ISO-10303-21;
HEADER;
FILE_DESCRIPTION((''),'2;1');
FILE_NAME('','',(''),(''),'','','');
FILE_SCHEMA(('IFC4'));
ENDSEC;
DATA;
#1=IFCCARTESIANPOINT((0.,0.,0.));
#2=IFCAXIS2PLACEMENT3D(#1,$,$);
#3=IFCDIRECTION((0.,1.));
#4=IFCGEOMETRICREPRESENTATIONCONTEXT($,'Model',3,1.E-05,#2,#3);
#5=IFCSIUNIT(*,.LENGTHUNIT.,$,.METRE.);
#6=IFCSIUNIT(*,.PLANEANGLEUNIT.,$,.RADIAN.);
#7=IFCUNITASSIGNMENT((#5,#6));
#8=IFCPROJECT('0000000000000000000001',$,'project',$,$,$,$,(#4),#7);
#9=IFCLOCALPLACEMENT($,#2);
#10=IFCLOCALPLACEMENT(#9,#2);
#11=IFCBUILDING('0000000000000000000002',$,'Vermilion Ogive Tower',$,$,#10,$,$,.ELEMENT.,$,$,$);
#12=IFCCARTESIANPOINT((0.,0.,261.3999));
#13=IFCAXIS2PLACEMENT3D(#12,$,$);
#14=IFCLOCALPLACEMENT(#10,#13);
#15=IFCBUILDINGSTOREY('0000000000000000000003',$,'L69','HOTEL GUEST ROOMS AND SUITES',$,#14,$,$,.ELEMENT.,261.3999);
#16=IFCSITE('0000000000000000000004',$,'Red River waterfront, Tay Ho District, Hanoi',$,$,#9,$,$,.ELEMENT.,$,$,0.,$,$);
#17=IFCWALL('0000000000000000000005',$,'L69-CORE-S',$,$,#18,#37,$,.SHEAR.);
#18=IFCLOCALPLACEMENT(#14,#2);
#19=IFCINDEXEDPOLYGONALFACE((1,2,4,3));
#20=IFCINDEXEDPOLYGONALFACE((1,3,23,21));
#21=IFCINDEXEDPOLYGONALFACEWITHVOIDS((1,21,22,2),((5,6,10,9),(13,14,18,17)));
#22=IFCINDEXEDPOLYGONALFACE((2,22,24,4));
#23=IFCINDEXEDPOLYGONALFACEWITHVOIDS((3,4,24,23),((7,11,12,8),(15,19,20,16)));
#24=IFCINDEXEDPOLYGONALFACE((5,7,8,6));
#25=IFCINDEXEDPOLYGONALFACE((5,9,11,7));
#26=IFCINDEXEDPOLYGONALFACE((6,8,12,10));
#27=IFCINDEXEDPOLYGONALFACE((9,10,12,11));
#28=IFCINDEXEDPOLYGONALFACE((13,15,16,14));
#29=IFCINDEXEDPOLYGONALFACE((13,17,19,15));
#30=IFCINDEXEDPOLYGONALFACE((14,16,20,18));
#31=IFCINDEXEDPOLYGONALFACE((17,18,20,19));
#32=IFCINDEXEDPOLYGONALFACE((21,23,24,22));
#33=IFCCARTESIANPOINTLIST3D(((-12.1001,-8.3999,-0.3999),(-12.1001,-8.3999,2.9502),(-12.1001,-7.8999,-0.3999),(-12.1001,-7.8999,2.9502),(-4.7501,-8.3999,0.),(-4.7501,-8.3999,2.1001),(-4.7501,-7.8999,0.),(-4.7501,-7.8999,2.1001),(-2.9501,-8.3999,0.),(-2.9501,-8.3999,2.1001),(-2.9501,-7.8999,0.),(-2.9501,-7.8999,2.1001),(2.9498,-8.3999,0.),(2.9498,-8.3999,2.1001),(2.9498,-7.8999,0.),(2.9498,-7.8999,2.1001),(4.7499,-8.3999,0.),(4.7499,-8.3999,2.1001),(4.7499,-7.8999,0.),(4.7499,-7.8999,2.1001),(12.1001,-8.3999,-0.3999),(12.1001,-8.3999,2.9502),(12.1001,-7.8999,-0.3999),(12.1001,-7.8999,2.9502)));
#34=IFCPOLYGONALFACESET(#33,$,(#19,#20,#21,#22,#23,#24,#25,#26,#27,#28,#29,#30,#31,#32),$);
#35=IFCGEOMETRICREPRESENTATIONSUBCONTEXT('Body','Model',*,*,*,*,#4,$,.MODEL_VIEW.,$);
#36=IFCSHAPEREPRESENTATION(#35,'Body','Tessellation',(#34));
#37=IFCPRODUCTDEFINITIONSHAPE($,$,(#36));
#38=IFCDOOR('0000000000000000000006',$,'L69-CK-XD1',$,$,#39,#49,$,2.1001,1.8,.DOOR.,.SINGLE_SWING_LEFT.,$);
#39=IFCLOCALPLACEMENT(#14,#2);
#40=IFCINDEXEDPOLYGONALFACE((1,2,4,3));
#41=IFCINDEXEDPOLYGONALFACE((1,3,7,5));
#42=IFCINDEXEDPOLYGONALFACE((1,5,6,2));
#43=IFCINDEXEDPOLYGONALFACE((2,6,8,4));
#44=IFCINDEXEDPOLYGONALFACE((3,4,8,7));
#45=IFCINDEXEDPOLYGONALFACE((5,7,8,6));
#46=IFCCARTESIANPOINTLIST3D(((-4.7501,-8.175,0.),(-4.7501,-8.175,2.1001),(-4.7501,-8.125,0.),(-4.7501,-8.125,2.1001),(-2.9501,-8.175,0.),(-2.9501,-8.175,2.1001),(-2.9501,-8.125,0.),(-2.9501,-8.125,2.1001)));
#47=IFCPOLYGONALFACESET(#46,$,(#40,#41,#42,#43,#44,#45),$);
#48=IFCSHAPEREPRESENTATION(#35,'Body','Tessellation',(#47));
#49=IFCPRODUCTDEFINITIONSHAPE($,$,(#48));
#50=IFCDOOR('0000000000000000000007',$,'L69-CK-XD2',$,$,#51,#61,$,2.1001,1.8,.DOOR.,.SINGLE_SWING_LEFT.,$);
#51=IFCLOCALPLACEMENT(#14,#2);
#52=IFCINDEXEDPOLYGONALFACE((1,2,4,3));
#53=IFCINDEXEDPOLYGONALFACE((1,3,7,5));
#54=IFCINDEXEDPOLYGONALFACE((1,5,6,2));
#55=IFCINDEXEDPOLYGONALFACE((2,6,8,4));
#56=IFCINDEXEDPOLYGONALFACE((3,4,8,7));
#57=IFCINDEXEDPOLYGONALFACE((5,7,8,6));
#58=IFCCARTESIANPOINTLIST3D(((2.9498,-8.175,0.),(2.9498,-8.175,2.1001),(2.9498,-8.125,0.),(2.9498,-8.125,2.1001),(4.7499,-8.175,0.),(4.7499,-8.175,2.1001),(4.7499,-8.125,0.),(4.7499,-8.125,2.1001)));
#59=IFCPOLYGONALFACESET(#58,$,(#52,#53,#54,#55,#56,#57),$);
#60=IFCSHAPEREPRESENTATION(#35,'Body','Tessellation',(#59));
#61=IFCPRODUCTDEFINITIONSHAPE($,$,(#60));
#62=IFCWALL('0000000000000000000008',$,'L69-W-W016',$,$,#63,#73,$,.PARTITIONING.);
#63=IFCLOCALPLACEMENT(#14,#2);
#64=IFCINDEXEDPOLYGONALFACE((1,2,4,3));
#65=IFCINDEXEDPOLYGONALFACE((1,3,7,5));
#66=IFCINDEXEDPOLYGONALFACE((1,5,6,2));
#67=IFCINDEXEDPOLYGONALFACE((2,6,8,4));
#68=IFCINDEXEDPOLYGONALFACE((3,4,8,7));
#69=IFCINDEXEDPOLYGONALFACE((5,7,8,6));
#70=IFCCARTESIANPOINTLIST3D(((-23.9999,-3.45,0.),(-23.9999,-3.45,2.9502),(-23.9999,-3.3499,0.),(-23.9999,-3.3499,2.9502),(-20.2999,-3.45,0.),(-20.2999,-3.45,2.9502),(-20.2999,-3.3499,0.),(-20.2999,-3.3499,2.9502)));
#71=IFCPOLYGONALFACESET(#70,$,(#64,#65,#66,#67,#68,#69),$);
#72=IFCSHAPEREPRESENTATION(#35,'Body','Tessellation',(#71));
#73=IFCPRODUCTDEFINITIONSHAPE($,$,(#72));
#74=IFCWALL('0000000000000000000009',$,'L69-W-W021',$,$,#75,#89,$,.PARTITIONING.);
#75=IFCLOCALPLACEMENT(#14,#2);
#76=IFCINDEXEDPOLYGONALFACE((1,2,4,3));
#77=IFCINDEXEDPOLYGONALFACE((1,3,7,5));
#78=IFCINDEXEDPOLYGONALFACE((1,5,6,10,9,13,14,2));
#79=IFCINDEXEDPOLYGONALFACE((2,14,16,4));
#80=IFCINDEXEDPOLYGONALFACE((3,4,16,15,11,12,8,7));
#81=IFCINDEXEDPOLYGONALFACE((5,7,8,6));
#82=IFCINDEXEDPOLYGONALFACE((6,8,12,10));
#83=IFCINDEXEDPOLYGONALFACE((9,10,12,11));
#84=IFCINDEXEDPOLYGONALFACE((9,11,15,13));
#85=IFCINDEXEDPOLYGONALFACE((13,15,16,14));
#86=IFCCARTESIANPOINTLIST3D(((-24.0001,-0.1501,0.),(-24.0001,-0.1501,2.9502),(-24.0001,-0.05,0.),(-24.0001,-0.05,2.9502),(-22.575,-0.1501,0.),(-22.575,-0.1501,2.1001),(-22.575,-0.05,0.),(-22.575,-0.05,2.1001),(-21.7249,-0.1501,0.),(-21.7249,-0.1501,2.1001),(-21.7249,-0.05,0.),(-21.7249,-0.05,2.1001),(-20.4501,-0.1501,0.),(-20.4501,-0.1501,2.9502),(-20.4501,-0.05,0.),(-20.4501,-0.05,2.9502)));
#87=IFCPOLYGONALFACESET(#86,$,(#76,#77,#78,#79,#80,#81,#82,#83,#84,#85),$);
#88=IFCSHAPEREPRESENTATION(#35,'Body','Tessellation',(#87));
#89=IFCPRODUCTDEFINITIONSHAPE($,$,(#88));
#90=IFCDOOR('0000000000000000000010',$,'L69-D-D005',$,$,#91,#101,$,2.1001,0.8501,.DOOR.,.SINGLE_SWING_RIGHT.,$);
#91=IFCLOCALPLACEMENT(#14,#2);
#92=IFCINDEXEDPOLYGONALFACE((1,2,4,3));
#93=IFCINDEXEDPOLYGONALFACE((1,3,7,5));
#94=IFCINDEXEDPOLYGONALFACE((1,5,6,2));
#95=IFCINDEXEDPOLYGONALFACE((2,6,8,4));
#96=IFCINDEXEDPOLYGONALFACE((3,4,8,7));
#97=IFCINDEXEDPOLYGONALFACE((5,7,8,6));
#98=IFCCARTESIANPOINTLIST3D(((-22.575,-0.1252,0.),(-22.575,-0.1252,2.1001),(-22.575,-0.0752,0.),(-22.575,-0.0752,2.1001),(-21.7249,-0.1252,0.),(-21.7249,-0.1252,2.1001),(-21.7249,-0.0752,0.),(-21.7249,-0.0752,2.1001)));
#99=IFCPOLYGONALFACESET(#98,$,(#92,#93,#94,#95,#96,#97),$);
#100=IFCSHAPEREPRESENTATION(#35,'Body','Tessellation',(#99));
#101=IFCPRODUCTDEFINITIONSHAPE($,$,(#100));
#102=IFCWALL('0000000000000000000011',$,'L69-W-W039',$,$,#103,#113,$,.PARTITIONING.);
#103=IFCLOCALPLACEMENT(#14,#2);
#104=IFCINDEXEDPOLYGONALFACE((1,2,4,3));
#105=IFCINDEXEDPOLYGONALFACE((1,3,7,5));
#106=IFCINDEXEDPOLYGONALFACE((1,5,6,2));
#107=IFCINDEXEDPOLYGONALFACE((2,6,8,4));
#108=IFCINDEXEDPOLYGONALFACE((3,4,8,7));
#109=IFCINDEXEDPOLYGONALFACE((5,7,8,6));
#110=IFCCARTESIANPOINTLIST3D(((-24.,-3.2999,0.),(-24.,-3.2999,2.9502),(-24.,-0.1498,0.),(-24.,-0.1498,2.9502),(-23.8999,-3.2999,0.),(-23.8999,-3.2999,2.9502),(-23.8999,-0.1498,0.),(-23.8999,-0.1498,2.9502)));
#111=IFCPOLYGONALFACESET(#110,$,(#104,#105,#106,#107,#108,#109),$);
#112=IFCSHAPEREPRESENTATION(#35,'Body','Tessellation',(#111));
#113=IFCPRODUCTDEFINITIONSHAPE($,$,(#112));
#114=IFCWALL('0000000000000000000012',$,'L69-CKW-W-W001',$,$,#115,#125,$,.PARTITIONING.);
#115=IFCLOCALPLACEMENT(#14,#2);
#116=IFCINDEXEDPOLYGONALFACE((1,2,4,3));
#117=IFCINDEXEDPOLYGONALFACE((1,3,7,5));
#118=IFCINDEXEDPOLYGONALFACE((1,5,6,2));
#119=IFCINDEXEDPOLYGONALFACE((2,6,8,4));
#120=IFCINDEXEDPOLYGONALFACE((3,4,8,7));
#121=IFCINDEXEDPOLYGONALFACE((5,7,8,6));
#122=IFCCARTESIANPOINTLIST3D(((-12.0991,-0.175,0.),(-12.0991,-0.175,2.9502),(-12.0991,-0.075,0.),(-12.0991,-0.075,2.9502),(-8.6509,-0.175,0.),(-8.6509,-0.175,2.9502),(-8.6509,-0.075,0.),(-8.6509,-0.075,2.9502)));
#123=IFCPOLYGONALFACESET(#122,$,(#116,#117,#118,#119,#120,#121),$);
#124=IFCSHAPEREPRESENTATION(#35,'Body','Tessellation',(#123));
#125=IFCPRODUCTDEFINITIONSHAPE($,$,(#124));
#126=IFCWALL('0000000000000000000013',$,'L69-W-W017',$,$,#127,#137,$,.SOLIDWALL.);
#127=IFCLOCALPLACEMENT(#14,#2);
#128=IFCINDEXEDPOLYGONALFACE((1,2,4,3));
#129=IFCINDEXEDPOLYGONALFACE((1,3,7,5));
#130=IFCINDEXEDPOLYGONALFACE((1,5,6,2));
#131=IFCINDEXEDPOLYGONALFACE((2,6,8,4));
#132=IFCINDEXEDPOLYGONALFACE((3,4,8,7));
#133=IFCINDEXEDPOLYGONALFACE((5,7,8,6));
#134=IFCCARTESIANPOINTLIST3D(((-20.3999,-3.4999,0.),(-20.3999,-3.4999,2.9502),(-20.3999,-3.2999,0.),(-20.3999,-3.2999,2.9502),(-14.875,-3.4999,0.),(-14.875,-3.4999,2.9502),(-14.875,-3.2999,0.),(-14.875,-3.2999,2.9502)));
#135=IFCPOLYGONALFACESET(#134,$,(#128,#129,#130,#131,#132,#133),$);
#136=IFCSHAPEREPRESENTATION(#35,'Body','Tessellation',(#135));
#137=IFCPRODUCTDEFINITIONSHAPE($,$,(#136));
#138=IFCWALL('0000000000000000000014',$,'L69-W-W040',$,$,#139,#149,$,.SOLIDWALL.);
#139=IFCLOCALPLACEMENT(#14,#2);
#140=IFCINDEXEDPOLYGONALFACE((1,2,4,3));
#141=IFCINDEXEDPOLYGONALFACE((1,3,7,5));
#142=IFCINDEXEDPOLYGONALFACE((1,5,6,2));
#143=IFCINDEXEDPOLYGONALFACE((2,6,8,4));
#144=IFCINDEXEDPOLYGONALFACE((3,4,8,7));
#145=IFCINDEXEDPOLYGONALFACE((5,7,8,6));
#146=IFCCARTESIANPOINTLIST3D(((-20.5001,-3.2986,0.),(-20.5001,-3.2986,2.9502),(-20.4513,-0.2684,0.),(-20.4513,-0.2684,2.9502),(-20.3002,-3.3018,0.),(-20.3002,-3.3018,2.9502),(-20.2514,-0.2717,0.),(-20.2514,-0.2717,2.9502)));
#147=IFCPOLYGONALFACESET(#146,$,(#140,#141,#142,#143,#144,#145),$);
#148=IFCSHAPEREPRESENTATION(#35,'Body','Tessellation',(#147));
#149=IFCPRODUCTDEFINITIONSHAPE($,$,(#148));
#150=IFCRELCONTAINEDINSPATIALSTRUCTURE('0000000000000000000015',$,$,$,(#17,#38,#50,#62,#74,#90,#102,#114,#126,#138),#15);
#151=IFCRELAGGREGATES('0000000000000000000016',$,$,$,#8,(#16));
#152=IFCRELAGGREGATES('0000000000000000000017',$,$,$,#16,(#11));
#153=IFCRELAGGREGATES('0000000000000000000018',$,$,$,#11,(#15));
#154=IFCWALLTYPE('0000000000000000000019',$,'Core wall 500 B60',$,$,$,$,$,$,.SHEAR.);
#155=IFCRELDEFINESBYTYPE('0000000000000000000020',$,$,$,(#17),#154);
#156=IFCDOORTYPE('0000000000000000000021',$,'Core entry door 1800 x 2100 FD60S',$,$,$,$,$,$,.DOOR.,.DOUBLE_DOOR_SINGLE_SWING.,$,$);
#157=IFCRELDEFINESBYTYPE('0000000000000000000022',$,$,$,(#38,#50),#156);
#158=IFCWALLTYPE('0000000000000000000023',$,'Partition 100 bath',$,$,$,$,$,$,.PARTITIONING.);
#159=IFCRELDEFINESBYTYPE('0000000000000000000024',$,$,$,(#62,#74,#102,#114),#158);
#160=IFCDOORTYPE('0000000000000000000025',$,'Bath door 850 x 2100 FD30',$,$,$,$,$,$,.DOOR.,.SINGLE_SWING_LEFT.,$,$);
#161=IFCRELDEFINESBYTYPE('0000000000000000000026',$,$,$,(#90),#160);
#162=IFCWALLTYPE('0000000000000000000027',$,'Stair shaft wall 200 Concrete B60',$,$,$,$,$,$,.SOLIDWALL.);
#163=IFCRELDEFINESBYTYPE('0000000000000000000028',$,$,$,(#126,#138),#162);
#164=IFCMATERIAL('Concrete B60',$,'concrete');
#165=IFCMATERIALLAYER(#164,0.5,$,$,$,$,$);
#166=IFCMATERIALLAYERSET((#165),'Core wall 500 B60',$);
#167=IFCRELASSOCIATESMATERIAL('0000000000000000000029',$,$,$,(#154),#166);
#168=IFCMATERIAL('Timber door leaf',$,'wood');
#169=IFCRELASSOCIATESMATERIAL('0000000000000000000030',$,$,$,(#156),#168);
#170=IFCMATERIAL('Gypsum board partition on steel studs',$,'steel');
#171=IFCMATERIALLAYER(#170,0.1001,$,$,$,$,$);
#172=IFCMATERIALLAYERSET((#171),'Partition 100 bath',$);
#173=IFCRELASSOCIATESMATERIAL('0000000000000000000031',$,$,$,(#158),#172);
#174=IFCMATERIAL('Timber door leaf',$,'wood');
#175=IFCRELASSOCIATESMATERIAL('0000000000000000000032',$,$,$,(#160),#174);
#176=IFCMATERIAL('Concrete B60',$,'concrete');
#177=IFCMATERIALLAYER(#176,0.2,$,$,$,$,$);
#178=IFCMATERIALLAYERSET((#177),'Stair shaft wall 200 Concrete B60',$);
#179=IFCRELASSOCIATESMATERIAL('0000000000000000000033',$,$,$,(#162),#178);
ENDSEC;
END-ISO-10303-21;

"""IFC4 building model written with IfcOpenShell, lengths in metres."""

from ifc_helpers import new_model, si_unit, direction, frame, frame_2d, origin, place, context, subcontext, project, spatial, rectangle, extrude, material, layer, layer_set, type_object, element, fill, save


model = new_model("IFC4")

# Units and contexts
model_context = context("Model", 3, precision=1e-05, world=origin(), true_north=direction((0.0, 1.0)))
body_context = subcontext(model_context, "Body", "Model", "MODEL_VIEW")
ifc_project = project(units=[si_unit("LENGTHUNIT", "METRE"), si_unit("PLANEANGLEUNIT", "RADIAN")], contexts=[model_context])

# Site, building, storey
site_placement = place(None, origin())
site = spatial("IfcSite", under=ifc_project, at=site_placement, Name="Red River waterfront, Tay Ho District, Hanoi", CompositionType="ELEMENT", RefElevation=0.0)
building_placement = place(site_placement, origin())
building = spatial("IfcBuilding", under=site, at=building_placement, Name="Vermilion Ogive Tower", CompositionType="ELEMENT")
storey_placement = place(building_placement, frame((0.0, 0.0, 261.3999)))
storey = spatial("IfcBuildingStorey", under=building, at=storey_placement, Name="L69", Description="HOTEL GUEST ROOMS AND SUITES", CompositionType="ELEMENT", Elevation=261.3999)

# Wall, openings, doors
ifc_material_1 = material(Name="Concrete B60", Category="concrete")
ifc_layer_1 = layer(ifc_material_1, 0.5)
ifc_layer_set_1 = layer_set([ifc_layer_1], Name="Core wall 500 B60")
wall_type_1 = type_object("IfcWallType", Name="Core wall 500 B60", PredefinedType="SHEAR", material=ifc_layer_set_1)
wall_1_placement = place(storey_placement, frame((-12.1001, -8.1499, -0.3999), z_axis=(0.0, 0.0, 1.0), x_axis=(1.0, 0.0, 0.0)))
wall_1 = element("IfcWall", 1, at=wall_1_placement, inside=storey, type_object=wall_type_1, Name="L69-CORE-S", PredefinedType="SHEAR", context=body_context, shape_type="SweptSolid", body=[
    extrude(rectangle(XDim=24.2002, YDim=0.5, at=frame_2d((12.1001, 0.0))), origin(), (0.0, 0.0, 1.0), 3.3501),
])
opening_1_placement = place(wall_1_placement, frame((7.3501, 0.0, 0.3999)))
opening_1 = element("IfcOpeningElement", 2, at=opening_1_placement, cuts=wall_1, PredefinedType="OPENING", context=body_context, shape_type="SweptSolid", body=[
    extrude(rectangle(XDim=1.8, YDim=2.1001, at=frame_2d((0.8999, 1.05))), frame((0.0, 0.26, 0.0), z_axis=(0.0, -1.0, 0.0), x_axis=(1.0, 0.0, 0.0)), (0.0, 0.0, 1.0), 0.52),
])
opening_2_placement = place(wall_1_placement, frame((15.05, 0.0, 0.3999)))
opening_2 = element("IfcOpeningElement", 3, at=opening_2_placement, cuts=wall_1, PredefinedType="OPENING", context=body_context, shape_type="SweptSolid", body=[
    extrude(rectangle(XDim=1.8, YDim=2.1001, at=frame_2d((0.8999, 1.05))), frame((0.0, 0.26, 0.0), z_axis=(0.0, -1.0, 0.0), x_axis=(1.0, 0.0, 0.0)), (0.0, 0.0, 1.0), 0.52),
])
ifc_material_2 = material(Name="Timber door leaf", Category="wood")
door_type_1 = type_object("IfcDoorType", Name="Core entry door 1800 x 2100 FD60S", OperationType="DOUBLE_DOOR_SINGLE_SWING", PredefinedType="DOOR", material=ifc_material_2)
door_1_placement = place(opening_1_placement, origin())
door_1 = element("IfcDoor", 4, at=door_1_placement, inside=storey, type_object=door_type_1, Name="L69-CK-XD1", OperationType="SINGLE_SWING_LEFT", OverallHeight=2.1001, OverallWidth=1.8, PredefinedType="DOOR", context=body_context, shape_type="SweptSolid", body=[
    extrude(rectangle(XDim=1.8, YDim=2.1001, at=frame_2d((0.8999, 1.05))), frame((0.0, 0.0249, 0.0), z_axis=(0.0, -1.0, 0.0), x_axis=(1.0, 0.0, 0.0)), (0.0, 0.0, 1.0), 0.05),
])
fill(opening_1, door_1)
door_2_placement = place(opening_2_placement, origin())
door_2 = element("IfcDoor", 5, at=door_2_placement, inside=storey, type_object=door_type_1, Name="L69-CK-XD2", OperationType="SINGLE_SWING_LEFT", OverallHeight=2.1001, OverallWidth=1.8, PredefinedType="DOOR", context=body_context, shape_type="SweptSolid", body=[
    extrude(rectangle(XDim=1.8, YDim=2.1001, at=frame_2d((0.8999, 1.05))), frame((0.0, 0.0249, 0.0), z_axis=(0.0, -1.0, 0.0), x_axis=(1.0, 0.0, 0.0)), (0.0, 0.0, 1.0), 0.05),
])
fill(opening_2, door_2)

# Wall
ifc_material_3 = material(Name="Gypsum board partition on steel studs", Category="steel")
ifc_layer_2 = layer(ifc_material_3, 0.1001)
ifc_layer_set_2 = layer_set([ifc_layer_2], Name="Partition 100 bath")
wall_type_2 = type_object("IfcWallType", Name="Partition 100 bath", PredefinedType="PARTITIONING", material=ifc_layer_set_2)
wall_2_placement = place(storey_placement, frame((-24.0, -3.3999, 0.0), z_axis=(0.0, 0.0, 1.0), x_axis=(1.0, 0.0, 0.0)))
element("IfcWall", 6, at=wall_2_placement, inside=storey, type_object=wall_type_2, Name="L69-W-W016", PredefinedType="PARTITIONING", context=body_context, shape_type="SweptSolid", body=[
    extrude(rectangle(XDim=3.7, YDim=0.1001, at=frame_2d((1.8501, 0.0))), origin(), (0.0, 0.0, 1.0), 2.9502),
])

# Wall, opening, door
wall_3_placement = place(storey_placement, frame((-24.0, -0.1001, 0.0), z_axis=(0.0, 0.0, 1.0), x_axis=(1.0, 0.0, 0.0)))
wall_3 = element("IfcWall", 7, at=wall_3_placement, inside=storey, type_object=wall_type_2, Name="L69-W-W021", PredefinedType="PARTITIONING", context=body_context, shape_type="SweptSolid", body=[
    extrude(rectangle(XDim=3.55, YDim=0.1001, at=frame_2d((1.7749, 0.0))), origin(), (0.0, 0.0, 1.0), 2.9502),
])
opening_3_placement = place(wall_3_placement, frame((1.425, 0.0, 0.0)))
opening_3 = element("IfcOpeningElement", 8, at=opening_3_placement, cuts=wall_3, PredefinedType="OPENING", context=body_context, shape_type="SweptSolid", body=[
    extrude(rectangle(XDim=0.8501, YDim=2.1001, at=frame_2d((0.425, 1.05))), frame((0.0, 0.0601, 0.0), z_axis=(0.0, -1.0, 0.0), x_axis=(1.0, 0.0, 0.0)), (0.0, 0.0, 1.0), 0.1201),
])
ifc_material_4 = material(Name="Timber door leaf", Category="wood")
door_type_2 = type_object("IfcDoorType", Name="Bath door 850 x 2100 FD30", OperationType="SINGLE_SWING_LEFT", PredefinedType="DOOR", material=ifc_material_4)
door_3_placement = place(opening_3_placement, origin())
door_3 = element("IfcDoor", 9, at=door_3_placement, inside=storey, type_object=door_type_2, Name="L69-D-D005", OperationType="SINGLE_SWING_RIGHT", OverallHeight=2.1001, OverallWidth=0.8501, PredefinedType="DOOR", context=body_context, shape_type="SweptSolid", body=[
    extrude(rectangle(XDim=0.8501, YDim=2.1001, at=frame_2d((0.425, 1.05))), frame((0.0, 0.0249, 0.0), z_axis=(0.0, -1.0, 0.0), x_axis=(1.0, 0.0, 0.0)), (0.0, 0.0, 1.0), 0.05),
])
fill(opening_3, door_3)

# Walls
wall_4_placement = place(storey_placement, frame((-23.95, -3.3, 0.0), z_axis=(0.0, 0.0, 1.0), x_axis=(0.0, 1.0, 0.0)))
element("IfcWall", 10, at=wall_4_placement, inside=storey, type_object=wall_type_2, Name="L69-W-W039", PredefinedType="PARTITIONING", context=body_context, shape_type="SweptSolid", body=[
    extrude(rectangle(XDim=3.1501, YDim=0.1001, at=frame_2d((1.5752, 0.0))), origin(), (0.0, 0.0, 1.0), 2.9502),
])
wall_5_placement = place(storey_placement, frame((-12.0991, -0.125, 0.0), z_axis=(0.0, 0.0, 1.0), x_axis=(1.0, 0.0, 0.0)))
element("IfcWall", 11, at=wall_5_placement, inside=storey, type_object=wall_type_2, Name="L69-CKW-W-W001", PredefinedType="PARTITIONING", context=body_context, shape_type="SweptSolid", body=[
    extrude(rectangle(XDim=3.4482, YDim=0.1001, at=frame_2d((1.7241, 0.0))), origin(), (0.0, 0.0, 1.0), 2.9502),
])
ifc_material_5 = material(Name="Concrete B60", Category="concrete")
ifc_layer_3 = layer(ifc_material_5, 0.2)
ifc_layer_set_3 = layer_set([ifc_layer_3], Name="Stair shaft wall 200 Concrete B60")
wall_type_3 = type_object("IfcWallType", Name="Stair shaft wall 200 Concrete B60", PredefinedType="SOLIDWALL", material=ifc_layer_set_3)
wall_6_placement = place(storey_placement, frame((-20.3999, -3.3999, 0.0), z_axis=(0.0, 0.0, 1.0), x_axis=(1.0, 0.0, 0.0)))
element("IfcWall", 12, at=wall_6_placement, inside=storey, type_object=wall_type_3, Name="L69-W-W017", PredefinedType="SOLIDWALL", context=body_context, shape_type="SweptSolid", body=[
    extrude(rectangle(XDim=5.5249, YDim=0.2, at=frame_2d((2.7625, 0.0))), origin(), (0.0, 0.0, 1.0), 2.9502),
])
wall_7_placement = place(storey_placement, frame((-20.4001, -3.3, 0.0), z_axis=(0.0, 0.0, 1.0), x_axis=(0.016113, 0.99987, 0.0)))
element("IfcWall", 13, at=wall_7_placement, inside=storey, type_object=wall_type_3, Name="L69-W-W040", PredefinedType="SOLIDWALL", context=body_context, shape_type="SweptSolid", body=[
    extrude(rectangle(XDim=3.0305, YDim=0.2, at=frame_2d((1.5151, 0.0))), origin(), (0.0, 0.0, 1.0), 2.9502),
])

save(model, "model.ifc")
